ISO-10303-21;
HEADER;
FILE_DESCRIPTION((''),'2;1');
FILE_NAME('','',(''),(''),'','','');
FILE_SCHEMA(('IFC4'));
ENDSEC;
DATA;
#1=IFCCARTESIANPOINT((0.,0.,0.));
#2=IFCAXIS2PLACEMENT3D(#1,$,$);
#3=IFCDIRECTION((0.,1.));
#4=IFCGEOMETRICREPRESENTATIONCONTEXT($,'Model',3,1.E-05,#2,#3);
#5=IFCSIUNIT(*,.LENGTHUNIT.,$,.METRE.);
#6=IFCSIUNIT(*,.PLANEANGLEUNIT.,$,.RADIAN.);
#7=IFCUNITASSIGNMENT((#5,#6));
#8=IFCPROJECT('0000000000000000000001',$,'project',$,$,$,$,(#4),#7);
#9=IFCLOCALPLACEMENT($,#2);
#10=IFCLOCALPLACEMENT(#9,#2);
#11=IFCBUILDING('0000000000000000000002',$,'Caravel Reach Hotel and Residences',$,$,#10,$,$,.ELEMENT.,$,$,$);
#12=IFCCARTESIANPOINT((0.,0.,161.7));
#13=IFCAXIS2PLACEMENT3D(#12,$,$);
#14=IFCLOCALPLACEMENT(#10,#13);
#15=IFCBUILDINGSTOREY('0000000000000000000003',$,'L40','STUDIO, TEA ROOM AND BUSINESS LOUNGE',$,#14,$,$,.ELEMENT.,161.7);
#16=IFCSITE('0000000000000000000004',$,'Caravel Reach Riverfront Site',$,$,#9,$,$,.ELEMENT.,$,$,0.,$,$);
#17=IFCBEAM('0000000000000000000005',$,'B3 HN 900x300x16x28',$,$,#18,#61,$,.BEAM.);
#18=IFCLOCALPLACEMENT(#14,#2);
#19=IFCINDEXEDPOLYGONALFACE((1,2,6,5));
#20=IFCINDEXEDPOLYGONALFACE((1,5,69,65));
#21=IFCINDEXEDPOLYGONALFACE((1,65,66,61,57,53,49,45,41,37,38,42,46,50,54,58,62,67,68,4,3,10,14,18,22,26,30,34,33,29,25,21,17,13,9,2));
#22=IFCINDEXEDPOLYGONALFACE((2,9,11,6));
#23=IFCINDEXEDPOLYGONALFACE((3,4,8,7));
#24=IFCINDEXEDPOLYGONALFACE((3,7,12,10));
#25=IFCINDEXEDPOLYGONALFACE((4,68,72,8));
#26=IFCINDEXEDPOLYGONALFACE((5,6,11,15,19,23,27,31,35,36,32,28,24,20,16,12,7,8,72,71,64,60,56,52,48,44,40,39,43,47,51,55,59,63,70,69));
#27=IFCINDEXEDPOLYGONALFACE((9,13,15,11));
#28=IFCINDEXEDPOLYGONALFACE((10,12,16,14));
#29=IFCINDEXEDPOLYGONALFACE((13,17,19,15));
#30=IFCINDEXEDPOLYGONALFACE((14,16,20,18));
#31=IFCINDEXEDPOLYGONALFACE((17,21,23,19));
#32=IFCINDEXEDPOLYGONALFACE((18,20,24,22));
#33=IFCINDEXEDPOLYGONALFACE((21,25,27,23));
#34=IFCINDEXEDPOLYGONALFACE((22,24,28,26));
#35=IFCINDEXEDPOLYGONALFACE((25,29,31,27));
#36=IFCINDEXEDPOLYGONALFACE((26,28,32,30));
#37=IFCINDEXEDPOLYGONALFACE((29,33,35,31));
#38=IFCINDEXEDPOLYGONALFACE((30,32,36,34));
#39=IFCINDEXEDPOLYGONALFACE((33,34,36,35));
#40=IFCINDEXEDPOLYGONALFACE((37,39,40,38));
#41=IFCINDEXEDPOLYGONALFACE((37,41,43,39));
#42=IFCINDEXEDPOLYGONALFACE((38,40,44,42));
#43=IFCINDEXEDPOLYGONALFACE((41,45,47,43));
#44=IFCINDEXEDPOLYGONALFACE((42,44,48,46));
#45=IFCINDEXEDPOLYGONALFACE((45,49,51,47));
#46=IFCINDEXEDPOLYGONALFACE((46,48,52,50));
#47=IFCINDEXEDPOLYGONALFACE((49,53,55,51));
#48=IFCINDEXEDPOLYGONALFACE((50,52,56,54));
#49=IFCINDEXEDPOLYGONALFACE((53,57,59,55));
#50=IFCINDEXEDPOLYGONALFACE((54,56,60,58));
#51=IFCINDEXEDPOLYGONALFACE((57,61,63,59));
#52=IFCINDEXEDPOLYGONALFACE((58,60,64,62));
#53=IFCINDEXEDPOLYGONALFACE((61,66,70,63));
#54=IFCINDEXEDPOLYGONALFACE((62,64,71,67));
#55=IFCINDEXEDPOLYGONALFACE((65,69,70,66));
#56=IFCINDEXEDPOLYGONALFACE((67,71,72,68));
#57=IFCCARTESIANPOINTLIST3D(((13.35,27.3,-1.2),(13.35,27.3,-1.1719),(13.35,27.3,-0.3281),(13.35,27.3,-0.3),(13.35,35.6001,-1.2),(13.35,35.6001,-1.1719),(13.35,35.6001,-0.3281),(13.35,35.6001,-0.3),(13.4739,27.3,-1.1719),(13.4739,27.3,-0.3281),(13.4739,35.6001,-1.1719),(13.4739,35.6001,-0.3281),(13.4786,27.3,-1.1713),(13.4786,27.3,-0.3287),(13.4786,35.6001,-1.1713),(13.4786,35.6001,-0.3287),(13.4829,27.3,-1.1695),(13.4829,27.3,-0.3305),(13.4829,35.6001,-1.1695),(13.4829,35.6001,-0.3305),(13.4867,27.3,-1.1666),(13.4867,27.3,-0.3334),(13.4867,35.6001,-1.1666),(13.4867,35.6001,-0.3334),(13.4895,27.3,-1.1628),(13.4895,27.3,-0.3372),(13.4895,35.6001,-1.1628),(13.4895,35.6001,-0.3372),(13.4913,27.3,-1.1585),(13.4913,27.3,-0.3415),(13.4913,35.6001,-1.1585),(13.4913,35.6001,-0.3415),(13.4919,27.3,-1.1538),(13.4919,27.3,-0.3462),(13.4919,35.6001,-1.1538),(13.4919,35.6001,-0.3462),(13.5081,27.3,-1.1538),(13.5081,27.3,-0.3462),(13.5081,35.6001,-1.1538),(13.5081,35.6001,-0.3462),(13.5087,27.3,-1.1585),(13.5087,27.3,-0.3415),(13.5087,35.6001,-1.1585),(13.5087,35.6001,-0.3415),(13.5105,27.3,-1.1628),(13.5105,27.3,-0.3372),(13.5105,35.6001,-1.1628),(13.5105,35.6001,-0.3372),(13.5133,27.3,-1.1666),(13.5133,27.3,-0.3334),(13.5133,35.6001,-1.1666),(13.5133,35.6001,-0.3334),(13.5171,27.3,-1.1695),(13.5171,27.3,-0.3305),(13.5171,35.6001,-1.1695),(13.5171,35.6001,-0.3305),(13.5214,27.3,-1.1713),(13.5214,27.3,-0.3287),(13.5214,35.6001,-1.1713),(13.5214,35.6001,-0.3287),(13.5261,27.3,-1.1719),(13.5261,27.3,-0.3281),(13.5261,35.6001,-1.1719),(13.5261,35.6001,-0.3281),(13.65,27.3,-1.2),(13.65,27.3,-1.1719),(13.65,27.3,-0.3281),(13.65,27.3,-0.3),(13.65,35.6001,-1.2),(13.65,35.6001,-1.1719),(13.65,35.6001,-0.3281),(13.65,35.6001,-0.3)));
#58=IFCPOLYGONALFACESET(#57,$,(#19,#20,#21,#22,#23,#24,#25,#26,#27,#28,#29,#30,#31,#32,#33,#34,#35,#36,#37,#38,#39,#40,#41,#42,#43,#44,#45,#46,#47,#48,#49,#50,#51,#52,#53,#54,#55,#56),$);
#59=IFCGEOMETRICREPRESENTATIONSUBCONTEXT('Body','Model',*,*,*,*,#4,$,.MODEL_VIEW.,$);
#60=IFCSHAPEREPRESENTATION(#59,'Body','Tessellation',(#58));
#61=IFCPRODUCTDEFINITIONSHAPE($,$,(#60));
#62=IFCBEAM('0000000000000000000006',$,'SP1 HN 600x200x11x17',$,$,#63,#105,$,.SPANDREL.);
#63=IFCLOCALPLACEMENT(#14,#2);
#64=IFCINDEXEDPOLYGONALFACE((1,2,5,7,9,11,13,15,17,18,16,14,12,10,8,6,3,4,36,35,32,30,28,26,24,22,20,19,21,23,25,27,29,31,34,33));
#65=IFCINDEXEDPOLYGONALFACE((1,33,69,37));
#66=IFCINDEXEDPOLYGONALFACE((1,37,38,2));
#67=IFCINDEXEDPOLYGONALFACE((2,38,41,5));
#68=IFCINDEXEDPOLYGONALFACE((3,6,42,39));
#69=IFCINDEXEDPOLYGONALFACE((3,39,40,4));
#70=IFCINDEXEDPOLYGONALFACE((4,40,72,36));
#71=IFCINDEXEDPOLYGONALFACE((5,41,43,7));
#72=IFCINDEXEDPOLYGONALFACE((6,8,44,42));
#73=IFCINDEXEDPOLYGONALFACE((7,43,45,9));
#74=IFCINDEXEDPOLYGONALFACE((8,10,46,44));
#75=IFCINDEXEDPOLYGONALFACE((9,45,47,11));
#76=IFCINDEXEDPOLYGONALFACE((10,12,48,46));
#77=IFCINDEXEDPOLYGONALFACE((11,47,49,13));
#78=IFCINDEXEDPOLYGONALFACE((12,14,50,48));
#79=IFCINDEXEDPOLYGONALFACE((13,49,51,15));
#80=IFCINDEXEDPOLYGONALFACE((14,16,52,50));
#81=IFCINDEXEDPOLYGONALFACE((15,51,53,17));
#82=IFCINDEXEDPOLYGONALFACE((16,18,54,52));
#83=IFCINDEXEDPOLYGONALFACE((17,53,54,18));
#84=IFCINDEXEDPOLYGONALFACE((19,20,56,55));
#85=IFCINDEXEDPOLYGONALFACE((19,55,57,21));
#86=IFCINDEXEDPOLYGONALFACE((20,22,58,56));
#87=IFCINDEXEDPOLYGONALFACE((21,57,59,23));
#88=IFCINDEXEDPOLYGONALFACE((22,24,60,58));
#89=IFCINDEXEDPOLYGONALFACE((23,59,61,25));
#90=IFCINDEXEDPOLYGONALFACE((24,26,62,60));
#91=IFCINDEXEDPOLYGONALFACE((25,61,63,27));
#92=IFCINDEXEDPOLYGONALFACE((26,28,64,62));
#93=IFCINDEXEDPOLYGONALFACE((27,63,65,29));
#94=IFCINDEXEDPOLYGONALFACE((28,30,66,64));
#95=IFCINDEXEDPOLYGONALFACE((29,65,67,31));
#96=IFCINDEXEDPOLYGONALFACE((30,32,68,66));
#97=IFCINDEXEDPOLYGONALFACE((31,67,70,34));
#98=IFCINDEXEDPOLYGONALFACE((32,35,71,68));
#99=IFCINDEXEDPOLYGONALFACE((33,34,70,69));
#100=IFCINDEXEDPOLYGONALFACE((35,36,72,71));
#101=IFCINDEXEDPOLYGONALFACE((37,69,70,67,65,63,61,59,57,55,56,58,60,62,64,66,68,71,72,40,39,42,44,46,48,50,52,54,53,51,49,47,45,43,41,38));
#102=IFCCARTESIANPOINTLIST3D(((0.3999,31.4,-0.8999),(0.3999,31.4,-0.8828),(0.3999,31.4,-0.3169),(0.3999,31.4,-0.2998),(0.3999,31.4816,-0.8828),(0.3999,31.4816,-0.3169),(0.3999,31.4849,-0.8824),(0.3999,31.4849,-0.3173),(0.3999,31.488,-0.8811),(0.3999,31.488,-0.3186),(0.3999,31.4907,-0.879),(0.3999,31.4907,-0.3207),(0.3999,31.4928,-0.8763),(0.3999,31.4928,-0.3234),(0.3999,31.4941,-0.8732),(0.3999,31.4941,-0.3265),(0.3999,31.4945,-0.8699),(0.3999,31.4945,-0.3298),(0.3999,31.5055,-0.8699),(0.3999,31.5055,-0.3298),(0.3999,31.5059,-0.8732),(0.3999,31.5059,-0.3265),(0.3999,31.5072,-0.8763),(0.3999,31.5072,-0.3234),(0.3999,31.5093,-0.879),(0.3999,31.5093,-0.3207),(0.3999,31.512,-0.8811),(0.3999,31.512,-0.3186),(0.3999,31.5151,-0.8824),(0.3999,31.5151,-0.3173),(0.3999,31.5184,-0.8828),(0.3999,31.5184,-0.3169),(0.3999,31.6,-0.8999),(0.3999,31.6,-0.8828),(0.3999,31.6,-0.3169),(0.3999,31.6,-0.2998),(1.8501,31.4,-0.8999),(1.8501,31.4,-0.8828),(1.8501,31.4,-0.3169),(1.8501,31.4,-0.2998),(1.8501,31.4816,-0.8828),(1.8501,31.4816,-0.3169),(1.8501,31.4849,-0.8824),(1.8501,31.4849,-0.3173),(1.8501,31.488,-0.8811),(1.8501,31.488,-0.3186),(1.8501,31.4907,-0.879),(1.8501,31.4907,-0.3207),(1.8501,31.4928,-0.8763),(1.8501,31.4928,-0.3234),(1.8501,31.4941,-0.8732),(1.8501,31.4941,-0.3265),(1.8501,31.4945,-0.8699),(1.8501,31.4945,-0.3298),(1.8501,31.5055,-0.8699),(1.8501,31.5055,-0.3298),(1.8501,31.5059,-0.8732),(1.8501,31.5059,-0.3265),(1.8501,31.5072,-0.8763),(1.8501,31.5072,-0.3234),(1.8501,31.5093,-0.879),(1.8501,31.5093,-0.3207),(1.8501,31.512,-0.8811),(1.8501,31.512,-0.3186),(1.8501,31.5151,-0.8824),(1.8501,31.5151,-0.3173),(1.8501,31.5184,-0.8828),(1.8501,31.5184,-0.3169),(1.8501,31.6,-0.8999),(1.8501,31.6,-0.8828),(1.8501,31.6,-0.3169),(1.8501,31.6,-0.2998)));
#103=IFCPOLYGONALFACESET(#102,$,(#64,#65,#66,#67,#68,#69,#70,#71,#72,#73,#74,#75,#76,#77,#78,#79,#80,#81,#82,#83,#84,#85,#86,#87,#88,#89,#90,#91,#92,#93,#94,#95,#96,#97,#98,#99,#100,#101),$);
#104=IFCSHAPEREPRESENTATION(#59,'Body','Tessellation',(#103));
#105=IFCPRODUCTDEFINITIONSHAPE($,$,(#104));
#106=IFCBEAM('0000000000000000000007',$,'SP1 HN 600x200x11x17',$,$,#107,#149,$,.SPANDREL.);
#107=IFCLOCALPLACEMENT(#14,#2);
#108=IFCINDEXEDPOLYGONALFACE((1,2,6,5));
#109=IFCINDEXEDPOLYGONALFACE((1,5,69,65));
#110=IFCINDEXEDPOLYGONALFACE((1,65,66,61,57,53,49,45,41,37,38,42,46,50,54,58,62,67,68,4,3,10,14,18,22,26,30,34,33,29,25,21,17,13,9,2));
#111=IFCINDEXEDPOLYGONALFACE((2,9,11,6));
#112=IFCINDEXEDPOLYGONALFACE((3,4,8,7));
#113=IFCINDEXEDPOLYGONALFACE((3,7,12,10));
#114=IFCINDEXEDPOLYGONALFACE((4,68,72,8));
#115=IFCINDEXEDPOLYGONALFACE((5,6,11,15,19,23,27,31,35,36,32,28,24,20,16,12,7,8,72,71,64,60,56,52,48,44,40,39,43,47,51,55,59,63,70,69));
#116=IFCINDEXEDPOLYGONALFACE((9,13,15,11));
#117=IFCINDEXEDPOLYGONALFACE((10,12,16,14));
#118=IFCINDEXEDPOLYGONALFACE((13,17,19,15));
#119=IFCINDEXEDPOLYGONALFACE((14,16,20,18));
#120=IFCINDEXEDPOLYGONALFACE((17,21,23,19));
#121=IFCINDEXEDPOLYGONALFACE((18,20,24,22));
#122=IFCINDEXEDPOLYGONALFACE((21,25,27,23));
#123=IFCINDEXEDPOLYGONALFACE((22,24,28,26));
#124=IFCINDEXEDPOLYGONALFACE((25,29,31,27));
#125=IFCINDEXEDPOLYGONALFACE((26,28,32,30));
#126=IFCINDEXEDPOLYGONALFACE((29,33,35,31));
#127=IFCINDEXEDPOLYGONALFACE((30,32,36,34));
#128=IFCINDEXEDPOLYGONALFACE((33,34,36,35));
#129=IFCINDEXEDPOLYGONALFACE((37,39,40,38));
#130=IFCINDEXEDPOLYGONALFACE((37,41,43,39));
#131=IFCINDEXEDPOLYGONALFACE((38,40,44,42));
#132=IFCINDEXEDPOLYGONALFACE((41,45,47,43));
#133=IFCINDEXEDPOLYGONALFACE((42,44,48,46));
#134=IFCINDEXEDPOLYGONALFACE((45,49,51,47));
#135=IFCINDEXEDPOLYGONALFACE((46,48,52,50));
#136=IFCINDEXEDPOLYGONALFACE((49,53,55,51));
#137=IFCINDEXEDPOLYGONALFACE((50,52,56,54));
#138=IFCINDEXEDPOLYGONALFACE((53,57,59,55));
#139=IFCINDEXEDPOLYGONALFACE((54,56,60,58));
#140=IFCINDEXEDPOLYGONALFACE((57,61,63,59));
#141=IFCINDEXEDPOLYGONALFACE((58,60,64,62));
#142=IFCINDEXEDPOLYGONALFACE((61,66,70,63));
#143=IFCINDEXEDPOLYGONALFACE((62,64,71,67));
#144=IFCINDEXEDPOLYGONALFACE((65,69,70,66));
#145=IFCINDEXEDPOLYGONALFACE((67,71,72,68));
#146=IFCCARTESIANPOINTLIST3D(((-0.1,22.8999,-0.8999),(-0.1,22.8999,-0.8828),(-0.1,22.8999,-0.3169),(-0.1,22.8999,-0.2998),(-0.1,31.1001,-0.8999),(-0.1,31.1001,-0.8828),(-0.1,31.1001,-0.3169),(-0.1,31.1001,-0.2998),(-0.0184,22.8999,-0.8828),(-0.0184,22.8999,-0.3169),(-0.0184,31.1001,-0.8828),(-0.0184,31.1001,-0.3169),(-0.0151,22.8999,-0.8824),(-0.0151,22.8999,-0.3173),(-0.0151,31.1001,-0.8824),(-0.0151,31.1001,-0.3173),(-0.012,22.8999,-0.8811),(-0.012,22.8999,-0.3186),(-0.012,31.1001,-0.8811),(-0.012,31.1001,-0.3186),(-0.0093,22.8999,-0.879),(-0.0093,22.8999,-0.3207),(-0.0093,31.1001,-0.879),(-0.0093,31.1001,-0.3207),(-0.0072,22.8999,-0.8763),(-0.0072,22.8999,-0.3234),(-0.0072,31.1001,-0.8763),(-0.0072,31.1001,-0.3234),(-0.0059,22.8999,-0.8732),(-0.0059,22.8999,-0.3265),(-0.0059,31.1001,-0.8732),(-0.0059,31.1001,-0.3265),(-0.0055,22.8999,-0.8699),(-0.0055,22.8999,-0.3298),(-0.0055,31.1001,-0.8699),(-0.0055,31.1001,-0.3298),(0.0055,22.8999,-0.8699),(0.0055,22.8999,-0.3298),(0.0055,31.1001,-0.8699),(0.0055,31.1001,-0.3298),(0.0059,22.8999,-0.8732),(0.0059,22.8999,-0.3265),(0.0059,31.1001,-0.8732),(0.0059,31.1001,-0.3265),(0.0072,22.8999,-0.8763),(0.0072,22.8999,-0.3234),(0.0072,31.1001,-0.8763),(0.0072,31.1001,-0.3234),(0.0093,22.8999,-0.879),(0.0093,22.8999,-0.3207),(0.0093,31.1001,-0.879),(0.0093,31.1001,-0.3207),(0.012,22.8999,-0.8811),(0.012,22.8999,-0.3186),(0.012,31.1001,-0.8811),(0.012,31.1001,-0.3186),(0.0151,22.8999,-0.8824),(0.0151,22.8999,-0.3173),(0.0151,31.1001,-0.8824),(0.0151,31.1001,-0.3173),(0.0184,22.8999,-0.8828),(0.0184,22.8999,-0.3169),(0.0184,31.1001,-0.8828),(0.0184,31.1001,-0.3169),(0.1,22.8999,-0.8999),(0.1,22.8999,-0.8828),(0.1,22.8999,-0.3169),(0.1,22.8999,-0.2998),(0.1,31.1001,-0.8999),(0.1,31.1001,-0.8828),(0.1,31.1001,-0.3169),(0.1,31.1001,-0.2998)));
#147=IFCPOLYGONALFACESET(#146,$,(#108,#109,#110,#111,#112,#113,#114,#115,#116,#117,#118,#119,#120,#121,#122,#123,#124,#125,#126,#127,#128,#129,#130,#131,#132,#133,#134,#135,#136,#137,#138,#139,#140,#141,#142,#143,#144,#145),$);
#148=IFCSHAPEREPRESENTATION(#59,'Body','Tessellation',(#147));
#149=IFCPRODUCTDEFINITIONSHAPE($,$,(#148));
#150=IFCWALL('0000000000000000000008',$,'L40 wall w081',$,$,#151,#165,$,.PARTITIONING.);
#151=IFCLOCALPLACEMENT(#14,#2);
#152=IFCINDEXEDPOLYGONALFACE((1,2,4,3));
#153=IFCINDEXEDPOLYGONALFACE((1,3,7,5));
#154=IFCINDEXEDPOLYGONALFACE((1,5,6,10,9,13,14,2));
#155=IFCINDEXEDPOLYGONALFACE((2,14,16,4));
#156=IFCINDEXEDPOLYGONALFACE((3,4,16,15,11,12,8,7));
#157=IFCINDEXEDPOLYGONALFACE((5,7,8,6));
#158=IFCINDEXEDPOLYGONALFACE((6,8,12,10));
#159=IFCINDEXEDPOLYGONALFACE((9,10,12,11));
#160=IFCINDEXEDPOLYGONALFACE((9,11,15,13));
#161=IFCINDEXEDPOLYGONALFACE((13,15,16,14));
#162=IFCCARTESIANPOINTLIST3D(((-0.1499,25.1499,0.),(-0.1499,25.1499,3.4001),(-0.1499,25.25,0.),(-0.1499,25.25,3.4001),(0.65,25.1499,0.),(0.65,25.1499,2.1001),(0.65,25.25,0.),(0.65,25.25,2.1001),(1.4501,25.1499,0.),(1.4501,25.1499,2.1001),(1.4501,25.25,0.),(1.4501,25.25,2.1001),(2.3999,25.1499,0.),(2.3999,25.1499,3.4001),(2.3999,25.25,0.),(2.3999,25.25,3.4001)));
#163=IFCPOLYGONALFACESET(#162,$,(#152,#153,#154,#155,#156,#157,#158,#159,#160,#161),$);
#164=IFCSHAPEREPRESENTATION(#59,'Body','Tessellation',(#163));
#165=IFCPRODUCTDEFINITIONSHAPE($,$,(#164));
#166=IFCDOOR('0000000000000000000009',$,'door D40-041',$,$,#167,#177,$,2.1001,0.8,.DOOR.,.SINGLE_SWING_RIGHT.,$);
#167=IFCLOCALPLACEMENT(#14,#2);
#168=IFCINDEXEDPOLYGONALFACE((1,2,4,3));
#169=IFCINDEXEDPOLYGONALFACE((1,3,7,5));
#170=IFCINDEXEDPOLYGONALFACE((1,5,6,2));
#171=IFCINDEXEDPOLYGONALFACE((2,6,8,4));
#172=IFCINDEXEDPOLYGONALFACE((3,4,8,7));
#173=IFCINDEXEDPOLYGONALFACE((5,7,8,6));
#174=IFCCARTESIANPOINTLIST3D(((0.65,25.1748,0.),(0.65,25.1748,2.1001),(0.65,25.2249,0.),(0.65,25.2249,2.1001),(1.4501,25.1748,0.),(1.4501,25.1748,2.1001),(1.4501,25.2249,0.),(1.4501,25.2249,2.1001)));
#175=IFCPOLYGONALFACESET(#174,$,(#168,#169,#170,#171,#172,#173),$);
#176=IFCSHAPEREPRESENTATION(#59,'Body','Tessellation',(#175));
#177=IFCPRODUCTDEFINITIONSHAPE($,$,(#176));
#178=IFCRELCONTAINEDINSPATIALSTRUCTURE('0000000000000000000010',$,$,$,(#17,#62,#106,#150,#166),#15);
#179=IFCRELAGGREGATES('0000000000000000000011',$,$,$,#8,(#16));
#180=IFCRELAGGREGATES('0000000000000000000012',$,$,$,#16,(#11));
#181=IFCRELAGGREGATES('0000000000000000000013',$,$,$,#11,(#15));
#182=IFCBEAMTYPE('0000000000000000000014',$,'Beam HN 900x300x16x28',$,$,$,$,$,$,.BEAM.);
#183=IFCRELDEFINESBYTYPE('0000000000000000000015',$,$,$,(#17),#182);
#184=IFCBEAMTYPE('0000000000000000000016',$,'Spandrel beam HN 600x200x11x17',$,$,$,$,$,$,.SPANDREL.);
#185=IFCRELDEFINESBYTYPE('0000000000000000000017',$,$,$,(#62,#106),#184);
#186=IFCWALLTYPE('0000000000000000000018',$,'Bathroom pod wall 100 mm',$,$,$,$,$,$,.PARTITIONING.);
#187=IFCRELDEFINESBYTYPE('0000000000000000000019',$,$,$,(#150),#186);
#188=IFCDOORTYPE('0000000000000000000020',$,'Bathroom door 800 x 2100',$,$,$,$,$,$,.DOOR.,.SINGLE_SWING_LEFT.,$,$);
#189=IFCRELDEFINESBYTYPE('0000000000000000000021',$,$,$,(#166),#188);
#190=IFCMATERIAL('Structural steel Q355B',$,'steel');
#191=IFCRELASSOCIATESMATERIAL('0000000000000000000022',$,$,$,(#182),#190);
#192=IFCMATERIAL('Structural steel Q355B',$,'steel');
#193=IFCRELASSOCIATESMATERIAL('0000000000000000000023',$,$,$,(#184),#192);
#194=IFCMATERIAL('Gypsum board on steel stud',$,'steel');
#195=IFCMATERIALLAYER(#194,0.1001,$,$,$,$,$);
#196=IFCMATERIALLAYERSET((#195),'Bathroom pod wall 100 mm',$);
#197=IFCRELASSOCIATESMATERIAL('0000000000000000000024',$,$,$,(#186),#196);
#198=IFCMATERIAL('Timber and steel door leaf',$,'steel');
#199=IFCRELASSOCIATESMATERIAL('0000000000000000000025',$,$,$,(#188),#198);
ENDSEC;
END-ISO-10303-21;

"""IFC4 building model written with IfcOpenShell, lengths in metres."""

from ifc_helpers import new_model, si_unit, direction, frame, frame_2d, origin, origin_2d, place, context, subcontext, project, spatial, rectangle, i_section, extrude, material, layer, layer_set, material_profile, profile_set, type_object, element, fill, save


model = new_model("IFC4")

# Units and contexts
model_context = context("Model", 3, precision=1e-05, world=origin(), true_north=direction((0.0, 1.0)))
body_context = subcontext(model_context, "Body", "Model", "MODEL_VIEW")
ifc_project = project(units=[si_unit("LENGTHUNIT", "METRE"), si_unit("PLANEANGLEUNIT", "RADIAN")], contexts=[model_context])

# Site, building, storey
site_placement = place(None, origin())
site = spatial("IfcSite", under=ifc_project, at=site_placement, Name="Caravel Reach Riverfront Site", CompositionType="ELEMENT", RefElevation=0.0)
building_placement = place(site_placement, origin())
building = spatial("IfcBuilding", under=site, at=building_placement, Name="Caravel Reach Hotel and Residences", CompositionType="ELEMENT")
storey_placement = place(building_placement, frame((0.0, 0.0, 161.7)))
storey = spatial("IfcBuildingStorey", under=building, at=storey_placement, Name="L40", Description="STUDIO, TEA ROOM AND BUSINESS LOUNGE", CompositionType="ELEMENT", Elevation=161.7)

# Beams
ifc_material_1 = material(Name="Structural steel Q355B", Category="steel")
ifc_material_profile_1 = material_profile(ifc_material_1, i_section(OverallWidth=0.3, OverallDepth=0.8999, WebThickness=0.0161, FlangeThickness=0.0281, FilletRadius=0.0181, at=origin_2d()), Name="HN 900x300x16x28")
ifc_profile_set_1 = profile_set([ifc_material_profile_1], Name="Structural steel Q355B")
beam_type_1 = type_object("IfcBeamType", Name="Beam HN 900x300x16x28", PredefinedType="BEAM", material=ifc_profile_set_1)
beam_1_placement = place(storey_placement, frame((13.5, 27.3, -0.75), z_axis=(0.0, 1.0, 0.0), x_axis=(-1.0, 0.0, 0.0)))
element("IfcBeam", 1, at=beam_1_placement, inside=storey, type_object=beam_type_1, Name="B3 HN 900x300x16x28", PredefinedType="BEAM", context=body_context, shape_type="SweptSolid", body=[
    extrude(i_section(OverallWidth=0.3, OverallDepth=0.8999, WebThickness=0.0161, FlangeThickness=0.0281, FilletRadius=0.0181, at=origin_2d()), origin(), (0.0, 0.0, 1.0), 8.3),
])
ifc_material_2 = material(Name="Structural steel Q355B", Category="steel")
ifc_material_profile_2 = material_profile(ifc_material_2, i_section(OverallWidth=0.2, OverallDepth=0.6001, WebThickness=0.011, FlangeThickness=0.0171, FilletRadius=0.0129, at=origin_2d()), Name="HN 600x200x11x17")
ifc_profile_set_2 = profile_set([ifc_material_profile_2], Name="Structural steel Q355B")
beam_type_2 = type_object("IfcBeamType", Name="Spandrel beam HN 600x200x11x17", PredefinedType="SPANDREL", material=ifc_profile_set_2)
beam_2_placement = place(storey_placement, frame((1.8501, 31.5, -0.5999), z_axis=(-1.0, 0.0, 0.0), x_axis=(0.0, -1.0, 0.0)))
element("IfcBeam", 2, at=beam_2_placement, inside=storey, type_object=beam_type_2, Name="SP1 HN 600x200x11x17", PredefinedType="SPANDREL", context=body_context, shape_type="SweptSolid", body=[
    extrude(i_section(OverallWidth=0.2, OverallDepth=0.6001, WebThickness=0.011, FlangeThickness=0.0171, FilletRadius=0.0129, at=origin_2d()), origin(), (0.0, 0.0, 1.0), 1.4502),
])
beam_3_placement = place(storey_placement, frame((0.0, 31.1001, -0.5999), z_axis=(0.0, -1.0, 0.0), x_axis=(1.0, 0.0, 0.0)))
element("IfcBeam", 3, at=beam_3_placement, inside=storey, type_object=beam_type_2, Name="SP1 HN 600x200x11x17", PredefinedType="SPANDREL", context=body_context, shape_type="SweptSolid", body=[
    extrude(i_section(OverallWidth=0.2, OverallDepth=0.6001, WebThickness=0.011, FlangeThickness=0.0171, FilletRadius=0.0129, at=origin_2d()), origin(), (0.0, 0.0, 1.0), 8.2002),
])

# Wall, opening, door
ifc_material_3 = material(Name="Gypsum board on steel stud", Category="steel")
ifc_layer_1 = layer(ifc_material_3, 0.1001)
ifc_layer_set_1 = layer_set([ifc_layer_1], Name="Bathroom pod wall 100 mm")
wall_type_1 = type_object("IfcWallType", Name="Bathroom pod wall 100 mm", PredefinedType="PARTITIONING", material=ifc_layer_set_1)
wall_1_placement = place(storey_placement, frame((-0.1499, 25.2, 0.0), z_axis=(0.0, 0.0, 1.0), x_axis=(1.0, 0.0, 0.0)))
wall_1 = element("IfcWall", 4, at=wall_1_placement, inside=storey, type_object=wall_type_1, Name="L40 wall w081", PredefinedType="PARTITIONING", context=body_context, shape_type="SweptSolid", body=[
    extrude(rectangle(XDim=2.5498, YDim=0.1001, at=frame_2d((1.2749, 0.0))), origin(), (0.0, 0.0, 1.0), 3.4001),
])
opening_1_placement = place(wall_1_placement, frame((0.8, 0.0, 0.0)))
opening_1 = element("IfcOpeningElement", 5, at=opening_1_placement, cuts=wall_1, PredefinedType="OPENING", context=body_context, shape_type="SweptSolid", body=[
    extrude(rectangle(XDim=0.8, YDim=2.1001, at=frame_2d((0.3999, 1.05))), frame((0.0, 0.0601, 0.0), z_axis=(0.0, -1.0, 0.0), x_axis=(1.0, 0.0, 0.0)), (0.0, 0.0, 1.0), 0.1201),
])
ifc_material_4 = material(Name="Timber and steel door leaf", Category="steel")
door_type_1 = type_object("IfcDoorType", Name="Bathroom door 800 x 2100", OperationType="SINGLE_SWING_LEFT", PredefinedType="DOOR", material=ifc_material_4)
door_1_placement = place(opening_1_placement, origin())
door_1 = element("IfcDoor", 6, at=door_1_placement, inside=storey, type_object=door_type_1, Name="door D40-041", OperationType="SINGLE_SWING_RIGHT", OverallHeight=2.1001, OverallWidth=0.8, PredefinedType="DOOR", context=body_context, shape_type="SweptSolid", body=[
    extrude(rectangle(XDim=0.8, YDim=2.1001, at=frame_2d((0.3999, 1.05))), frame((0.0, 0.0249, 0.0), z_axis=(0.0, -1.0, 0.0), x_axis=(1.0, 0.0, 0.0)), (0.0, 0.0, 1.0), 0.05),
])
fill(opening_1, door_1)

save(model, "model.ifc")
